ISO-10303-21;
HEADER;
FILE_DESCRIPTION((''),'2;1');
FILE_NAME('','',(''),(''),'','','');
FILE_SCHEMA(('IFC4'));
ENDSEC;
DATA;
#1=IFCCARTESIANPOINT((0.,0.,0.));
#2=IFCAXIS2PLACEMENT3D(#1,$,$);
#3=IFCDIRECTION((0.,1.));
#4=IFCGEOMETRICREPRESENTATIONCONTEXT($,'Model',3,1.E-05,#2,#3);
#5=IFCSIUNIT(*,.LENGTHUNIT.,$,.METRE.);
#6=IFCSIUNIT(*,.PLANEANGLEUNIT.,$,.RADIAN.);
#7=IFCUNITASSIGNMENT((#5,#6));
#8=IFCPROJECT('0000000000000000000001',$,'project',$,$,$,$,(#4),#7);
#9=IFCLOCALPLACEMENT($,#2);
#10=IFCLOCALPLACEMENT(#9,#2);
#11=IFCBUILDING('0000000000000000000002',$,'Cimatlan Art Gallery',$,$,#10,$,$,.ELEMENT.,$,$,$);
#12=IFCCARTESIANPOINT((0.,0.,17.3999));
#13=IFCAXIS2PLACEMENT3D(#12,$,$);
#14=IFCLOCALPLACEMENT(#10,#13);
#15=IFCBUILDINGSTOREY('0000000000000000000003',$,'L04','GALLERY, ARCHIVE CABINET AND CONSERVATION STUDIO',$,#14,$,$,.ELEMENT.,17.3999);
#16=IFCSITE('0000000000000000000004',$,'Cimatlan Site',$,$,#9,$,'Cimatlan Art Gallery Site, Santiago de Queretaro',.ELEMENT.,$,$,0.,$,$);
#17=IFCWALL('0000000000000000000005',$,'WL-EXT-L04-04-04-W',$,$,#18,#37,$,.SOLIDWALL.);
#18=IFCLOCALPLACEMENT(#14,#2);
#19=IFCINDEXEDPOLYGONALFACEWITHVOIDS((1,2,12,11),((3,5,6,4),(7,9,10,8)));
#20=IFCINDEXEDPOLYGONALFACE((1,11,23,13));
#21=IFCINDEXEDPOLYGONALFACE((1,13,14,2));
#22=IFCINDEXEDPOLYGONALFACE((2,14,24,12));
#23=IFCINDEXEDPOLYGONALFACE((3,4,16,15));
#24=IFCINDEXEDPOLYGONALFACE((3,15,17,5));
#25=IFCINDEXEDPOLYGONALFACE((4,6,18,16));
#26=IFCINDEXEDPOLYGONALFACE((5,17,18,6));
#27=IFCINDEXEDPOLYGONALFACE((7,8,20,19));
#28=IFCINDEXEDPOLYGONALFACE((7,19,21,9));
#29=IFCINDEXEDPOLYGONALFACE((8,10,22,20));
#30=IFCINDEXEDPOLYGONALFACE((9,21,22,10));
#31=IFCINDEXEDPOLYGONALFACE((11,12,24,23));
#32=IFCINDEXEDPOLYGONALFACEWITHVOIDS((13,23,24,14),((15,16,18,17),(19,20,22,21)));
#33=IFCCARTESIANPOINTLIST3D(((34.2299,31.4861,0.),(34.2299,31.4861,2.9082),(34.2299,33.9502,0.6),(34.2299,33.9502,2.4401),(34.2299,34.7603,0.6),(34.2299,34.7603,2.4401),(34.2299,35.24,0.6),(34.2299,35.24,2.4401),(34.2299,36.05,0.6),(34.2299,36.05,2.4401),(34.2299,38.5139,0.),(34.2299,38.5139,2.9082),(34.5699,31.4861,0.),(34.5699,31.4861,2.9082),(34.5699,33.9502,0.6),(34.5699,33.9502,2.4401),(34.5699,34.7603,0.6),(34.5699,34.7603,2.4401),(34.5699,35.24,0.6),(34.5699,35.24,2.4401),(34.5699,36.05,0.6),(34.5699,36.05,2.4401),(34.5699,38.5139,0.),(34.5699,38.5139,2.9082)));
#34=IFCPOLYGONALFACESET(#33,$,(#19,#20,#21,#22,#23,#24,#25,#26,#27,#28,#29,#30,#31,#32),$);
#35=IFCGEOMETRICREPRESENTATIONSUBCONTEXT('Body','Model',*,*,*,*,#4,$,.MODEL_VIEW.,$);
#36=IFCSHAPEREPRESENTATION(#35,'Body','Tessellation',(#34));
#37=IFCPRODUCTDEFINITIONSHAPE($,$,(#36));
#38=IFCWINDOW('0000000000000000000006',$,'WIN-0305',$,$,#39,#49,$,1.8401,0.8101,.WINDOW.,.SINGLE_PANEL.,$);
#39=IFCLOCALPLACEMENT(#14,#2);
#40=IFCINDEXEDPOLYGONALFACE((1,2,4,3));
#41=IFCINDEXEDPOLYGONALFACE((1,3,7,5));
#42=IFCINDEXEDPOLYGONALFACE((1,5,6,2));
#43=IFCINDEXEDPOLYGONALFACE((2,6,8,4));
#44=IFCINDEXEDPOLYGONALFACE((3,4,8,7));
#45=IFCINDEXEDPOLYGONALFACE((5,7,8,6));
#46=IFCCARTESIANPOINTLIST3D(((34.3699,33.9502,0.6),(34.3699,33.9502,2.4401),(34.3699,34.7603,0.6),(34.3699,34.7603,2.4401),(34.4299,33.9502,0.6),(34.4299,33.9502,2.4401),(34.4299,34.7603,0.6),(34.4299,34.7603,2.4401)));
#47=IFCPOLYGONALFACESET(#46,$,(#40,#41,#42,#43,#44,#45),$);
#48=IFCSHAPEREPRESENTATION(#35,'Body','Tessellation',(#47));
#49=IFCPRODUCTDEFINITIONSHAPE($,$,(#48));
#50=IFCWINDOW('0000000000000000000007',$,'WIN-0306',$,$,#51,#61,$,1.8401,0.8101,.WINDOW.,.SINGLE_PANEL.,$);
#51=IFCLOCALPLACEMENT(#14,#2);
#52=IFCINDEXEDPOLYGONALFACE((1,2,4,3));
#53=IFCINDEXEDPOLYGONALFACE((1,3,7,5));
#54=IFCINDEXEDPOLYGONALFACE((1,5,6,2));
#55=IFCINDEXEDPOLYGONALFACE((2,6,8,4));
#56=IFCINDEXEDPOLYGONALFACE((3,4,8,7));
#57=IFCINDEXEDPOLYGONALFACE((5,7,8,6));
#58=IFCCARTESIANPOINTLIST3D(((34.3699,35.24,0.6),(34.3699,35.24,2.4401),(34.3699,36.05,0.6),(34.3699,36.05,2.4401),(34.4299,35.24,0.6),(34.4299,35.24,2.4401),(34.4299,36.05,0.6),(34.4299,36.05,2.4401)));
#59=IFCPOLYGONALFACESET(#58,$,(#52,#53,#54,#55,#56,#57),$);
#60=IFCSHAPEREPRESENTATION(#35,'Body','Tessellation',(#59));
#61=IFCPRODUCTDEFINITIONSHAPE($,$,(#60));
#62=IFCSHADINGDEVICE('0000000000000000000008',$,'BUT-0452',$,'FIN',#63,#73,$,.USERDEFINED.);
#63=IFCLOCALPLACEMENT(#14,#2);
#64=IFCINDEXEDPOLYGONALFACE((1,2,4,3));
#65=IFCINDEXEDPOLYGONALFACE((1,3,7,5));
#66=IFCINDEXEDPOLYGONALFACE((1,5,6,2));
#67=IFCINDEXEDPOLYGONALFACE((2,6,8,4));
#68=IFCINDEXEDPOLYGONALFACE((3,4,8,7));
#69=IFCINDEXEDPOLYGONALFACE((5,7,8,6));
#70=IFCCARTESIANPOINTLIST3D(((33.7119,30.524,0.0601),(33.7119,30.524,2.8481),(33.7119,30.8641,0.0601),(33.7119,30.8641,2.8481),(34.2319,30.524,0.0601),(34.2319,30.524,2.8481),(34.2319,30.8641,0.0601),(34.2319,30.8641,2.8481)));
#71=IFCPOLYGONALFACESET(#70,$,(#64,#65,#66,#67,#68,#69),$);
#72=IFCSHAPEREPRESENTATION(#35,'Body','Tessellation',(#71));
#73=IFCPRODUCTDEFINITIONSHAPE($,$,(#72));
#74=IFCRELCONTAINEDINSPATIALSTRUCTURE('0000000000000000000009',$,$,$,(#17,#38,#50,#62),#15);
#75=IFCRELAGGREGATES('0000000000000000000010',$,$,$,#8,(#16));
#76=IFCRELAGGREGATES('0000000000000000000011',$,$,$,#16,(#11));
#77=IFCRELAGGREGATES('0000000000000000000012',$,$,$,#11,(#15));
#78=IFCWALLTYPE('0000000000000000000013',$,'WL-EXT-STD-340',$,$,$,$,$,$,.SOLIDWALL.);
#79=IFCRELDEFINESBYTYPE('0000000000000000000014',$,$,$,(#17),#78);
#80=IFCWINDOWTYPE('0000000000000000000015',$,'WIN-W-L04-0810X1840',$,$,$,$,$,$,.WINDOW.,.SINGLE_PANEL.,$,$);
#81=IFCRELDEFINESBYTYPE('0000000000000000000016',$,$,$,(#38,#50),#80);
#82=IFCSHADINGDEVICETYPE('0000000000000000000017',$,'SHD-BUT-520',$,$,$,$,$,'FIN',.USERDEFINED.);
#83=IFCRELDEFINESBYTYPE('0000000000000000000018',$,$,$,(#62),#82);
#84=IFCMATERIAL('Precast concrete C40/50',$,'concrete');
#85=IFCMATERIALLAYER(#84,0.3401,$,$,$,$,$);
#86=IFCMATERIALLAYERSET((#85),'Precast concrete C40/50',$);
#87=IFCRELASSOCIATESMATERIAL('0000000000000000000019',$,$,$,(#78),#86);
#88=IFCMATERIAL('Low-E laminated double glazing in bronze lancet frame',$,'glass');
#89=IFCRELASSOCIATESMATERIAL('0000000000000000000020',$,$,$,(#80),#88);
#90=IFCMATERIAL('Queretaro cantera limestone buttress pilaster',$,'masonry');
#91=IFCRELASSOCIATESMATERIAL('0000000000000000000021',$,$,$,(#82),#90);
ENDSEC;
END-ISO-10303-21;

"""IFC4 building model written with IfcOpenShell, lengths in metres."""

from ifc_helpers import new_model, si_unit, direction, frame, frame_2d, origin, origin_2d, place, context, subcontext, project, spatial, rectangle, extrude, material, layer, layer_set, type_object, element, fill, save


model = new_model("IFC4")

# Units and contexts
model_context = context("Model", 3, precision=1e-05, world=origin(), true_north=direction((0.0, 1.0)))
body_context = subcontext(model_context, "Body", "Model", "MODEL_VIEW")
ifc_project = project(units=[si_unit("LENGTHUNIT", "METRE"), si_unit("PLANEANGLEUNIT", "RADIAN")], contexts=[model_context])

# Site, building, storey
site_placement = place(None, origin())
site = spatial("IfcSite", under=ifc_project, at=site_placement, Name="Cimatlan Site", LongName="Cimatlan Art Gallery Site, Santiago de Queretaro", CompositionType="ELEMENT", RefElevation=0.0)
building_placement = place(site_placement, origin())
building = spatial("IfcBuilding", under=site, at=building_placement, Name="Cimatlan Art Gallery", CompositionType="ELEMENT")
storey_placement = place(building_placement, frame((0.0, 0.0, 17.3999)))
storey = spatial("IfcBuildingStorey", under=building, at=storey_placement, Name="L04", Description="GALLERY, ARCHIVE CABINET AND CONSERVATION STUDIO", CompositionType="ELEMENT", Elevation=17.3999)

# Shared definitions
ifc_material_1 = material(Name="Precast concrete C40/50", Category="concrete")

# Wall, openings, windows
ifc_layer_1 = layer(ifc_material_1, 0.3401)
ifc_layer_set_1 = layer_set([ifc_layer_1], Name="Precast concrete C40/50")
wall_type_1 = type_object("IfcWallType", Name="WL-EXT-STD-340", PredefinedType="SOLIDWALL", material=ifc_layer_set_1)
wall_1_placement = place(storey_placement, frame((34.3999, 31.4861, 0.0), z_axis=(0.0, 0.0, 1.0), x_axis=(0.0, 1.0, 0.0)))
wall_1 = element("IfcWall", 1, at=wall_1_placement, inside=storey, type_object=wall_type_1, Name="WL-EXT-L04-04-04-W", PredefinedType="SOLIDWALL", context=body_context, shape_type="SweptSolid", body=[
    extrude(rectangle(XDim=7.0278, YDim=0.3401, at=frame_2d((3.5139, 0.0))), origin(), (0.0, 0.0, 1.0), 2.9082),
])
opening_1_placement = place(wall_1_placement, frame((2.4641, 0.0, 0.6001)))
opening_1 = element("IfcOpeningElement", 2, at=opening_1_placement, cuts=wall_1, PredefinedType="OPENING", context=body_context, shape_type="SweptSolid", body=[
    extrude(rectangle(XDim=0.8101, YDim=1.8401, at=frame_2d((0.405, 0.9199))), frame((0.0, 0.1802, 0.0), z_axis=(0.0, -1.0, 0.0), x_axis=(1.0, 0.0, 0.0)), (0.0, 0.0, 1.0), 0.3601),
])
opening_2_placement = place(wall_1_placement, frame((3.7539, 0.0, 0.6001)))
opening_2 = element("IfcOpeningElement", 3, at=opening_2_placement, cuts=wall_1, PredefinedType="OPENING", context=body_context, shape_type="SweptSolid", body=[
    extrude(rectangle(XDim=0.8101, YDim=1.8401, at=frame_2d((0.405, 0.9199))), frame((0.0, 0.1802, 0.0), z_axis=(0.0, -1.0, 0.0), x_axis=(1.0, 0.0, 0.0)), (0.0, 0.0, 1.0), 0.3601),
])
ifc_material_2 = material(Name="Low-E laminated double glazing in bronze lancet frame", Category="glass")
window_type = type_object("IfcWindowType", Name="WIN-W-L04-0810X1840", PartitioningType="SINGLE_PANEL", PredefinedType="WINDOW", material=ifc_material_2)
window_1_placement = place(opening_1_placement, origin())
window_1 = element("IfcWindow", 4, at=window_1_placement, inside=storey, type_object=window_type, Name="WIN-0305", OverallHeight=1.8401, OverallWidth=0.8101, PartitioningType="SINGLE_PANEL", PredefinedType="WINDOW", context=body_context, shape_type="SweptSolid", body=[
    extrude(rectangle(XDim=0.8101, YDim=1.8401, at=frame_2d((0.405, 0.9199))), frame((0.0, 0.03, 0.0), z_axis=(0.0, -1.0, 0.0), x_axis=(1.0, 0.0, 0.0)), (0.0, 0.0, 1.0), 0.0601),
])
fill(opening_1, window_1)
window_2_placement = place(opening_2_placement, origin())
window_2 = element("IfcWindow", 5, at=window_2_placement, inside=storey, type_object=window_type, Name="WIN-0306", OverallHeight=1.8401, OverallWidth=0.8101, PartitioningType="SINGLE_PANEL", PredefinedType="WINDOW", context=body_context, shape_type="SweptSolid", body=[
    extrude(rectangle(XDim=0.8101, YDim=1.8401, at=frame_2d((0.405, 0.9199))), frame((0.0, 0.03, 0.0), z_axis=(0.0, -1.0, 0.0), x_axis=(1.0, 0.0, 0.0)), (0.0, 0.0, 1.0), 0.0601),
])
fill(opening_2, window_2)

# Shading device
ifc_material_3 = material(Name="Queretaro cantera limestone buttress pilaster", Category="masonry")
shading_device_type = type_object("IfcShadingDeviceType", Name="SHD-BUT-520", ElementType="FIN", PredefinedType="USERDEFINED", material=ifc_material_3)
shading_device_placement = place(storey_placement, frame((33.9719, 30.6941, 0.0601), z_axis=(0.0, 0.0, 1.0), x_axis=(0.0, 1.0, 0.0)))
element("IfcShadingDevice", 6, at=shading_device_placement, inside=storey, type_object=shading_device_type, Name="BUT-0452", ObjectType="FIN", PredefinedType="USERDEFINED", context=body_context, shape_type="SweptSolid", body=[
    extrude(rectangle(XDim=0.3401, YDim=0.52, at=origin_2d()), origin(), (0.0, 0.0, 1.0), 2.7881),
])

save(model, "model.ifc")
